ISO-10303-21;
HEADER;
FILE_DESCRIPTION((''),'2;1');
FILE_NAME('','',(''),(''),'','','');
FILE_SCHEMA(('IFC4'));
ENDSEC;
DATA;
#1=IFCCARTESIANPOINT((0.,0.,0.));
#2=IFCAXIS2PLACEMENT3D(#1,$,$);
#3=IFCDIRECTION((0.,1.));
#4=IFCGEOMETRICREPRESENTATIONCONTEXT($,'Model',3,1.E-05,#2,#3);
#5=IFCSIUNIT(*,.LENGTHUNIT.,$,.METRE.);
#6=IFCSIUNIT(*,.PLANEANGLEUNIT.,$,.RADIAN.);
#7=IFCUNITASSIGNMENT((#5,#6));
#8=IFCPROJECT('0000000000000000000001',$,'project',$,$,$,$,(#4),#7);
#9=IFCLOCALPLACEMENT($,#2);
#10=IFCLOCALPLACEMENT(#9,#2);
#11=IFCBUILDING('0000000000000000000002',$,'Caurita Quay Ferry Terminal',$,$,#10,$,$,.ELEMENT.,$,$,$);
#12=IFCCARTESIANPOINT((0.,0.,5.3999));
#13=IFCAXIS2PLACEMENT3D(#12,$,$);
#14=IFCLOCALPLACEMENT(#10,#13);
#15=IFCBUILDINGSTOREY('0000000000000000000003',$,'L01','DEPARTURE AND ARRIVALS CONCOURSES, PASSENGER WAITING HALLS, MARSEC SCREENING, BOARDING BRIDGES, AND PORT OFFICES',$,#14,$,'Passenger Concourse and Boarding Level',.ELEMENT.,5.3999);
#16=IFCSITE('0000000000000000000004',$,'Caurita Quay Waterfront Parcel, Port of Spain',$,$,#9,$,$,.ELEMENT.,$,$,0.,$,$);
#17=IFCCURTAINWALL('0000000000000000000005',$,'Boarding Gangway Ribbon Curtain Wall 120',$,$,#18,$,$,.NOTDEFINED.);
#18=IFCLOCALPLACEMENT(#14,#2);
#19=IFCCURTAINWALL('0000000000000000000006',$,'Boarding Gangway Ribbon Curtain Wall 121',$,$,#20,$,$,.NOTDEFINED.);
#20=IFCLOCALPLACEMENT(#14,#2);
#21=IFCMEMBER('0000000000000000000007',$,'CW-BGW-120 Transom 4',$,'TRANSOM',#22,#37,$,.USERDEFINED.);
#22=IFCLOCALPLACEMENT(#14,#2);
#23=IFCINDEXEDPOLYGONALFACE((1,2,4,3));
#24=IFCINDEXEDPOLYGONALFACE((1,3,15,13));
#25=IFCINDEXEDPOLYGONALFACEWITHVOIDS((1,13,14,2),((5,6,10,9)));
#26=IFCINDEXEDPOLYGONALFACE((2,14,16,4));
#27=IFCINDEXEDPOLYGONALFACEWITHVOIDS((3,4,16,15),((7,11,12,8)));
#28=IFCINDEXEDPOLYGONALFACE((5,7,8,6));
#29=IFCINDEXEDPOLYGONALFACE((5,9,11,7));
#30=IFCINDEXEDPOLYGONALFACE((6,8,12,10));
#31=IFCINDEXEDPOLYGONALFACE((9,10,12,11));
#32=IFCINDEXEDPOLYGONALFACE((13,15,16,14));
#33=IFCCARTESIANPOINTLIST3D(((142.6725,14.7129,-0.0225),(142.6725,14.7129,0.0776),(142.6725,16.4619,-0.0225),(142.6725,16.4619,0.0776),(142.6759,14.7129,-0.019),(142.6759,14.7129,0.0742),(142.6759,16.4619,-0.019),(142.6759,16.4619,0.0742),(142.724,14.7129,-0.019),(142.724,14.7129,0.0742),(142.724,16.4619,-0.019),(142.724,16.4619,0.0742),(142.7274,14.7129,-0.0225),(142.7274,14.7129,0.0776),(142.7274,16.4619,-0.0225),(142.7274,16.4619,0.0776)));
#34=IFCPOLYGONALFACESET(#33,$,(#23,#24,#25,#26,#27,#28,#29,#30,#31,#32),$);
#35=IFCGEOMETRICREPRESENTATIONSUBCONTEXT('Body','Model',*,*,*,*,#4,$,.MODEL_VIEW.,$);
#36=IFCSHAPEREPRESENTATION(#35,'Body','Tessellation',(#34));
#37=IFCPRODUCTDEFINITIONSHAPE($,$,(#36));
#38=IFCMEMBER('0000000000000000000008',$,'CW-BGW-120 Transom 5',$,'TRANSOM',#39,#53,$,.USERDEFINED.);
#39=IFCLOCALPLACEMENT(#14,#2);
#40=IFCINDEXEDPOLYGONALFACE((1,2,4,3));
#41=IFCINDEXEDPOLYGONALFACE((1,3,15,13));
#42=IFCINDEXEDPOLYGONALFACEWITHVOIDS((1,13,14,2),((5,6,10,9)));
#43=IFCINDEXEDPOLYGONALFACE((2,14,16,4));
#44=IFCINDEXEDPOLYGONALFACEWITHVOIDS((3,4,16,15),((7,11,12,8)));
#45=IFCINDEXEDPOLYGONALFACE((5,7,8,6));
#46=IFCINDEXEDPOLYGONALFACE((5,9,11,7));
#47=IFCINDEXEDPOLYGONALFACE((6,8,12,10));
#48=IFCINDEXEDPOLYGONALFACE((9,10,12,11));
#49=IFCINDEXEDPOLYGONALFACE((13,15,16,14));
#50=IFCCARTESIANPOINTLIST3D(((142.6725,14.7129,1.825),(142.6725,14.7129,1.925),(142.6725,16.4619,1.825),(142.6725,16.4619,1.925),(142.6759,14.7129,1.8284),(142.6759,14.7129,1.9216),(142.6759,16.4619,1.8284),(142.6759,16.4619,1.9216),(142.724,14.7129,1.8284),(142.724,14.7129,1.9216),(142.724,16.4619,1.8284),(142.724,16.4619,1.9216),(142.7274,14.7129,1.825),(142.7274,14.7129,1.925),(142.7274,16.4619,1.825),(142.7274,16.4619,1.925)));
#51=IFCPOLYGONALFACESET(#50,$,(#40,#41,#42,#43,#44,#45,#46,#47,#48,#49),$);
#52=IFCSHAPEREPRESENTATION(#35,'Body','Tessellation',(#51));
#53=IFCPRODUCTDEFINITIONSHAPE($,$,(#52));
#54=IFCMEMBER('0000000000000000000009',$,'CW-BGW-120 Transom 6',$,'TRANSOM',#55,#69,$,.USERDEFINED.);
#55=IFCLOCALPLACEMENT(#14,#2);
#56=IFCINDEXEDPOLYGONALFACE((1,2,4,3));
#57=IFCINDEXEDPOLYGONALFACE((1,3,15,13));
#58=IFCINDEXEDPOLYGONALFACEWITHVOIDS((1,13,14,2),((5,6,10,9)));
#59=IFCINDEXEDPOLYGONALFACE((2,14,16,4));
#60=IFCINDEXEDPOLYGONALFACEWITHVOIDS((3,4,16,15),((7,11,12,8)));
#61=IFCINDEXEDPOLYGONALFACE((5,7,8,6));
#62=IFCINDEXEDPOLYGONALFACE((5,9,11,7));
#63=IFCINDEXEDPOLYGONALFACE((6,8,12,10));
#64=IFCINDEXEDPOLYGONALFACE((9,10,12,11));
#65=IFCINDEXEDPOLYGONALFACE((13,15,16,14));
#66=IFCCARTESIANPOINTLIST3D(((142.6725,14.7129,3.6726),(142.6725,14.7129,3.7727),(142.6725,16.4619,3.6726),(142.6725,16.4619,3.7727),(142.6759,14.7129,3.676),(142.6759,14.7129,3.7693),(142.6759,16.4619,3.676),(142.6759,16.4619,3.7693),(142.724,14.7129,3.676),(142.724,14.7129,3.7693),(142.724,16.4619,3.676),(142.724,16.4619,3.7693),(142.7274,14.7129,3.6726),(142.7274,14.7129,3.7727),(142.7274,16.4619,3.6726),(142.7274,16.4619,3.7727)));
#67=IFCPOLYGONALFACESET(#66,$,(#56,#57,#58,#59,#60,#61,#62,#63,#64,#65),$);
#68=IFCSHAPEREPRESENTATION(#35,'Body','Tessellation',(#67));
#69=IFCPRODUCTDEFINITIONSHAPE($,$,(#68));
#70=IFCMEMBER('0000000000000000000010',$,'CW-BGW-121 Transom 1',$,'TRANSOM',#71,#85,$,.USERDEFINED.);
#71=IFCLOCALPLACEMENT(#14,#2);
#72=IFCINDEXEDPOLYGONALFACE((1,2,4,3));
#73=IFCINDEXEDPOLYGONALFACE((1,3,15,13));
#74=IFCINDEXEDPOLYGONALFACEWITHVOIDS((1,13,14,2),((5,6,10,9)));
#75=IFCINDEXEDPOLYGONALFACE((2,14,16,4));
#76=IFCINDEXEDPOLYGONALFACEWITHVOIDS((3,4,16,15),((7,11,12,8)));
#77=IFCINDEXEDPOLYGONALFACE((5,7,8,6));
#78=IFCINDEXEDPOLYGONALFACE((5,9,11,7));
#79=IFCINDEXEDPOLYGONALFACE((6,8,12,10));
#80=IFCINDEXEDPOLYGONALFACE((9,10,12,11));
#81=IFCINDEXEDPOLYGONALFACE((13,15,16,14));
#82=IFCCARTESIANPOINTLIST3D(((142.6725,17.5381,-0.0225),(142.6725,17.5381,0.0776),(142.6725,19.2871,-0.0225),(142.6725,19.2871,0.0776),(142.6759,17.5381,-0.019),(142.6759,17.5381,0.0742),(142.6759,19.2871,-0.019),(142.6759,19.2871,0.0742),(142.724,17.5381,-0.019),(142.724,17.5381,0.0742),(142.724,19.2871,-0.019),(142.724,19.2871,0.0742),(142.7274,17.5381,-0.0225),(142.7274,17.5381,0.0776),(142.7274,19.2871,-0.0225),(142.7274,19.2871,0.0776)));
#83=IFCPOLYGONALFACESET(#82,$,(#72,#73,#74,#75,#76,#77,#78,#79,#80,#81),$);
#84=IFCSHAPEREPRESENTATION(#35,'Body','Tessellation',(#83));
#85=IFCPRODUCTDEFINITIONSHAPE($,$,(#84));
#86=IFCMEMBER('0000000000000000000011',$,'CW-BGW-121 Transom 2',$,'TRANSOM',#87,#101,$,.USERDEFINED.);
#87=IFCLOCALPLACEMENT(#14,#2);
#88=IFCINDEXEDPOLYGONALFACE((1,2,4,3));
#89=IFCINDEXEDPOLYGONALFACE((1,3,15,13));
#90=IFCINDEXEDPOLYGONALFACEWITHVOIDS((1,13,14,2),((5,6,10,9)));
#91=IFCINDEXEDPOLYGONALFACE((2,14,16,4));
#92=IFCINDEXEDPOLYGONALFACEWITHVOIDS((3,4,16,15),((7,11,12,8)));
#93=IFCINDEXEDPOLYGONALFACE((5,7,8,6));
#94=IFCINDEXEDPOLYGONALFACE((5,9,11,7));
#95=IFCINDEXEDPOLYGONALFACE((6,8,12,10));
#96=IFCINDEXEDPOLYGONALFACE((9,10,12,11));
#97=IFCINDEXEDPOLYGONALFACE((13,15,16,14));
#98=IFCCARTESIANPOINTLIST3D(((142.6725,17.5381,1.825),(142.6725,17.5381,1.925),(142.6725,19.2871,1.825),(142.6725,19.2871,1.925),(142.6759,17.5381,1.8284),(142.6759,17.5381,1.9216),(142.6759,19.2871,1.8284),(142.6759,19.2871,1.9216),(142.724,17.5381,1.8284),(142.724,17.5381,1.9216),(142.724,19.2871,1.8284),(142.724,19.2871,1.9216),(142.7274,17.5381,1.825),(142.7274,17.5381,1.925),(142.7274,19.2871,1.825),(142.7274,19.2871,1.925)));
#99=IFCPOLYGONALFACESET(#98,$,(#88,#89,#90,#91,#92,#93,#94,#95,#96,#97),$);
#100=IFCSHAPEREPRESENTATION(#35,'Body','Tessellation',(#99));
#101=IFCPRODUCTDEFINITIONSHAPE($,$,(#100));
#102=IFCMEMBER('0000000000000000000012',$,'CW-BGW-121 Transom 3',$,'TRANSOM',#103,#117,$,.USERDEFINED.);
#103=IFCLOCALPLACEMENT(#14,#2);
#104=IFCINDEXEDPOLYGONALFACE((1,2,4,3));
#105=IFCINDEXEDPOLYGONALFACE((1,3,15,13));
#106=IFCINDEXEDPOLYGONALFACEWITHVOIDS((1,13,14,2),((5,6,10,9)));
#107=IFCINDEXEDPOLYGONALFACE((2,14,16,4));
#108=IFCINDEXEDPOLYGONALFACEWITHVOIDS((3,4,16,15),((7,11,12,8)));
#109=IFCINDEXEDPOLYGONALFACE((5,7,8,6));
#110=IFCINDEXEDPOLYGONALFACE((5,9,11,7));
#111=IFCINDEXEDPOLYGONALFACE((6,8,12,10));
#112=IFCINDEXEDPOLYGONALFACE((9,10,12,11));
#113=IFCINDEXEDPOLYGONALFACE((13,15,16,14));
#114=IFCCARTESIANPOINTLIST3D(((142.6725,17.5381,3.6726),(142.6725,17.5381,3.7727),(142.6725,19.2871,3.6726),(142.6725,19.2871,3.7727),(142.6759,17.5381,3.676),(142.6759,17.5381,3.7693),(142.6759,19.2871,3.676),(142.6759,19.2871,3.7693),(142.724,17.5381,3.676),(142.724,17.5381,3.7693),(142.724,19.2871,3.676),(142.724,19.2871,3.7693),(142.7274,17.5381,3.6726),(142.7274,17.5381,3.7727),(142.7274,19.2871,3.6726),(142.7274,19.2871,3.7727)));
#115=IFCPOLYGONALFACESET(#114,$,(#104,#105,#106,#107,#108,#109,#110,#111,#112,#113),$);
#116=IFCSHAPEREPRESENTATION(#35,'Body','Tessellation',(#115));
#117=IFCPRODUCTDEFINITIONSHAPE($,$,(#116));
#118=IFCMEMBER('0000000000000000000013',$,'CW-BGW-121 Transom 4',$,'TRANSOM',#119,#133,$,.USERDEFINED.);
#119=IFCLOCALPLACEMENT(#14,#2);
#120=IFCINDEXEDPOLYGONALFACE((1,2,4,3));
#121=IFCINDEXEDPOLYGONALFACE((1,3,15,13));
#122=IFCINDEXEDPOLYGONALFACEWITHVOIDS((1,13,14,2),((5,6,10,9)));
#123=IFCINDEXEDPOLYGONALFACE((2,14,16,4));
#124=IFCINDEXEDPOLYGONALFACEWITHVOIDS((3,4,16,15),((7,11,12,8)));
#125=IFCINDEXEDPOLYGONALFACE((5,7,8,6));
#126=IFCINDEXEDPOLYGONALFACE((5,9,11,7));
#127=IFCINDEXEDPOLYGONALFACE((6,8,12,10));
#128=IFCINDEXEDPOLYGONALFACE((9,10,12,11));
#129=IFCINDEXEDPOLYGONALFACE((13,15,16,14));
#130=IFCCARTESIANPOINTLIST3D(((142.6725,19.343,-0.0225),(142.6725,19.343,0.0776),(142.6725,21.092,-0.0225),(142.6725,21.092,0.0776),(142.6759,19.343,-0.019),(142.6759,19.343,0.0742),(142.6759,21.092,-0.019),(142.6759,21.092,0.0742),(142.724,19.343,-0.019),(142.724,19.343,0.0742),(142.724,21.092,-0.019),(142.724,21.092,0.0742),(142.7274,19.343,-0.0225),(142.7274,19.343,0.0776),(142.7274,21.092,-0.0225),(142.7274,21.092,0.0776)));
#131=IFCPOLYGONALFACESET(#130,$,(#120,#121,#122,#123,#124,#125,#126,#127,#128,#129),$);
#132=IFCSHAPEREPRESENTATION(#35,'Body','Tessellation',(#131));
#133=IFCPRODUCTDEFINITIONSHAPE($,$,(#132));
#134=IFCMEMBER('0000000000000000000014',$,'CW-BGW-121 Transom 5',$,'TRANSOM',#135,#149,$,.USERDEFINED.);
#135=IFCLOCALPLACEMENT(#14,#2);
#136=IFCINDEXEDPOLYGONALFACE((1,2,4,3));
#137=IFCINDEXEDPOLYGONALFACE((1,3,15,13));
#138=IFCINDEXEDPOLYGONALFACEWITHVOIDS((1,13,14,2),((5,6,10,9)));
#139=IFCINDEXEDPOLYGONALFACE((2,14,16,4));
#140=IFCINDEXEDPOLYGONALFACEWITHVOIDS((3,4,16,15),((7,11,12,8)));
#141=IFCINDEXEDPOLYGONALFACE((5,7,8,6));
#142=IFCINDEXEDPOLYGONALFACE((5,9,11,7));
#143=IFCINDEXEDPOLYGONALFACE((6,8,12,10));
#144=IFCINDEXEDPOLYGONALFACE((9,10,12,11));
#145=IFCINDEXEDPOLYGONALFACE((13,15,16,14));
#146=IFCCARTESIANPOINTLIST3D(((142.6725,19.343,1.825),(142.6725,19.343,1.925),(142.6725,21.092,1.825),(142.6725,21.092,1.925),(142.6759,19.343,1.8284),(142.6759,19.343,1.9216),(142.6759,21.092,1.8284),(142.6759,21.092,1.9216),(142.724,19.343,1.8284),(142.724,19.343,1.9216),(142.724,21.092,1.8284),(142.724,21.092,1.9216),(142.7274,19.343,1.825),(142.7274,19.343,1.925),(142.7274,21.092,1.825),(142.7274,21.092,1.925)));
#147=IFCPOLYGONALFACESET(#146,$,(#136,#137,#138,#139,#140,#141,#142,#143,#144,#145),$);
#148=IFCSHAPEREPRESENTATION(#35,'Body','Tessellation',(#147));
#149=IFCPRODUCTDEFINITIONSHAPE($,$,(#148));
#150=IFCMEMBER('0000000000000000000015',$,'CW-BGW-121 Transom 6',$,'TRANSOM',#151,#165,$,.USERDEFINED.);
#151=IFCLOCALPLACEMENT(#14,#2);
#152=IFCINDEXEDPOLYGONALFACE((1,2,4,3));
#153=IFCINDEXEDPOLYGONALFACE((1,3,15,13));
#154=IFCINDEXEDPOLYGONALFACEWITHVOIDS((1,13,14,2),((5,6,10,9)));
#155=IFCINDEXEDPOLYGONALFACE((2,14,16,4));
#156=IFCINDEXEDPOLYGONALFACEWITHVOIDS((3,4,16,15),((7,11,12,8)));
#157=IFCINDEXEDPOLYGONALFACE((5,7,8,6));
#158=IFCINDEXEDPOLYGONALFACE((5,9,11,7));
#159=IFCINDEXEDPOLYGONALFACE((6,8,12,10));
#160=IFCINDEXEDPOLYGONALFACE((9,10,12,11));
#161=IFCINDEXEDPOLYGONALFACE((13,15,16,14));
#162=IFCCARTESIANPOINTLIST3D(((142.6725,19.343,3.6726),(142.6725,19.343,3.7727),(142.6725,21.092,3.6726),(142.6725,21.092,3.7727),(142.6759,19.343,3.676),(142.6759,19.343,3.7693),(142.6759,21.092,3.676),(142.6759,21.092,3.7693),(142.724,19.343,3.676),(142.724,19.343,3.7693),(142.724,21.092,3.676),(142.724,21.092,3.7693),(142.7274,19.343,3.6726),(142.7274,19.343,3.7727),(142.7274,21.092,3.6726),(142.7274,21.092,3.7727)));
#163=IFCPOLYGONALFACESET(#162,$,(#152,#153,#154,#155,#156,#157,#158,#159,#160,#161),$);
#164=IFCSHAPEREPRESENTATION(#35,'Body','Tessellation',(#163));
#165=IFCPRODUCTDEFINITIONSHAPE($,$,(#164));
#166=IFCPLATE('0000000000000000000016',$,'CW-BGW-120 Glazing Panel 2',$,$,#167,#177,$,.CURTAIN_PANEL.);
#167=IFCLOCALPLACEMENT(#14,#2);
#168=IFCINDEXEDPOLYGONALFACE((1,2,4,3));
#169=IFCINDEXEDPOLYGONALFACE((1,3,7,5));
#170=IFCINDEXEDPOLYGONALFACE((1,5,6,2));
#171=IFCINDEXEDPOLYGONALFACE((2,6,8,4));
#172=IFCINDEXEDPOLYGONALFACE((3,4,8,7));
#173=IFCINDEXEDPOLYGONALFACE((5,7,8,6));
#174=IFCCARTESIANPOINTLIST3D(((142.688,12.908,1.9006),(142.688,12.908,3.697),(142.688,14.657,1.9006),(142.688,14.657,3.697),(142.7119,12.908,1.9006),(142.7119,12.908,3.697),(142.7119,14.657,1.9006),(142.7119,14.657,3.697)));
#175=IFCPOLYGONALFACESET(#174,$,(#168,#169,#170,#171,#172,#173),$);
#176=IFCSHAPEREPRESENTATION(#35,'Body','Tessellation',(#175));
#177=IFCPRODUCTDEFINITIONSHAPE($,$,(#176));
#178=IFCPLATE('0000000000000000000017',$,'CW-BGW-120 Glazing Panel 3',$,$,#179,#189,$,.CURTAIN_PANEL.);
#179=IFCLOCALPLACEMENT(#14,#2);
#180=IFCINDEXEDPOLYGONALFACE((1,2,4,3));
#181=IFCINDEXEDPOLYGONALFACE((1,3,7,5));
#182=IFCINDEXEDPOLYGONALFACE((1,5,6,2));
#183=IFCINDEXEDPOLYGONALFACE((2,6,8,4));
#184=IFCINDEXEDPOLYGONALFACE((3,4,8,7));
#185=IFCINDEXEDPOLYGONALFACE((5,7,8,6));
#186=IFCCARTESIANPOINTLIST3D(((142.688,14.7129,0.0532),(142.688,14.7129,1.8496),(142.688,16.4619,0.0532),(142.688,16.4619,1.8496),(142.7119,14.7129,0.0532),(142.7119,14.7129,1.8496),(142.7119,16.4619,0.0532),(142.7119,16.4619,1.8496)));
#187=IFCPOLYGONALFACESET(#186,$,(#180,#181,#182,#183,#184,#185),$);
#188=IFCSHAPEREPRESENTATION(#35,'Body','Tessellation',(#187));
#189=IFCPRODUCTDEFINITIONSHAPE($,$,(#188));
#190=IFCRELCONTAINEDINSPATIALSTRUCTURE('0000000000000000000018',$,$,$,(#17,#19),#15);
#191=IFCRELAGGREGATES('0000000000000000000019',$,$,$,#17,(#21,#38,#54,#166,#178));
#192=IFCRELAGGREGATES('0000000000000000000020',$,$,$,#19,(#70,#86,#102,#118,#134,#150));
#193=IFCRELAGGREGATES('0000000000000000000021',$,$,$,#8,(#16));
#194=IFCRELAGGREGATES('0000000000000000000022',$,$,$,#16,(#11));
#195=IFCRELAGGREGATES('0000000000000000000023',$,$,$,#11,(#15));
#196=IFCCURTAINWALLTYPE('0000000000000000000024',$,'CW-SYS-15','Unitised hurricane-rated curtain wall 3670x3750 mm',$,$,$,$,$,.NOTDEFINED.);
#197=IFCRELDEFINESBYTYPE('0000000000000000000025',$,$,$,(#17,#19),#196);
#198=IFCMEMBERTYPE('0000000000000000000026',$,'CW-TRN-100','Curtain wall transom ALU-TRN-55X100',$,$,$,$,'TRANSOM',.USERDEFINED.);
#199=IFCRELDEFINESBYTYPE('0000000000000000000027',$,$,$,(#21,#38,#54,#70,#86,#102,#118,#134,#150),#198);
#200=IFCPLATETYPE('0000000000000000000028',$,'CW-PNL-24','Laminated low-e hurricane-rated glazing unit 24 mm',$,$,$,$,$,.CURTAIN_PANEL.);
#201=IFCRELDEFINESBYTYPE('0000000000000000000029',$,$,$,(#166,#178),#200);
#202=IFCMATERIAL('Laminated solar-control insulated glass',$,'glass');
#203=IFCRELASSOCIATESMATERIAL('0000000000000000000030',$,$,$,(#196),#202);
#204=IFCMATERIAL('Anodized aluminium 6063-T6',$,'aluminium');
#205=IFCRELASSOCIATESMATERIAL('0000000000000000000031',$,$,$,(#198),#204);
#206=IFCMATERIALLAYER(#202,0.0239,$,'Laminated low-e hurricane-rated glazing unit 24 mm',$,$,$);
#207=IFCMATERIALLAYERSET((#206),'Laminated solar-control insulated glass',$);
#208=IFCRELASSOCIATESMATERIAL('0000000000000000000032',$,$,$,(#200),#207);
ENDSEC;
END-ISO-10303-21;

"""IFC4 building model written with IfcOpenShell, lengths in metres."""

from ifc_helpers import new_model, si_unit, direction, frame, origin, origin_2d, place, context, subcontext, project, spatial, rectangle, hollow_rectangle, extrude, material, layer, layer_set, material_profile, profile_set, type_object, element, aggregate, save


model = new_model("IFC4")

# Units and contexts
model_context = context("Model", 3, precision=1e-05, world=origin(), true_north=direction((0.0, 1.0)))
body_context = subcontext(model_context, "Body", "Model", "MODEL_VIEW")
ifc_project = project(units=[si_unit("LENGTHUNIT", "METRE"), si_unit("PLANEANGLEUNIT", "RADIAN")], contexts=[model_context])

# Site, building, storey
site_placement = place(None, origin())
site = spatial("IfcSite", under=ifc_project, at=site_placement, Name="Caurita Quay Waterfront Parcel, Port of Spain", CompositionType="ELEMENT", RefElevation=0.0)
building_placement = place(site_placement, origin())
building = spatial("IfcBuilding", under=site, at=building_placement, Name="Caurita Quay Ferry Terminal", CompositionType="ELEMENT")
storey_placement = place(building_placement, frame((0.0, 0.0, 5.3999)))
storey = spatial("IfcBuildingStorey", under=building, at=storey_placement, Name="L01", Description="DEPARTURE AND ARRIVALS CONCOURSES, PASSENGER WAITING HALLS, MARSEC SCREENING, BOARDING BRIDGES, AND PORT OFFICES", LongName="Passenger Concourse and Boarding Level", CompositionType="ELEMENT", Elevation=5.3999)

# Curtain walls
ifc_material_1 = material(Name="Laminated solar-control insulated glass", Category="glass")
curtain_wall_type = type_object("IfcCurtainWallType", Name="CW-SYS-15", Description="Unitised hurricane-rated curtain wall 3670x3750 mm", PredefinedType="NOTDEFINED", material=ifc_material_1)
curtain_wall_1_placement = place(storey_placement, origin())
curtain_wall_1 = element("IfcCurtainWall", 1, at=curtain_wall_1_placement, inside=storey, type_object=curtain_wall_type, Name="Boarding Gangway Ribbon Curtain Wall 120", PredefinedType="NOTDEFINED")
ifc_material_2 = material(Name="Anodized aluminium 6063-T6", Category="aluminium")
curtain_wall_2_placement = place(storey_placement, origin())
curtain_wall_2 = element("IfcCurtainWall", 2, at=curtain_wall_2_placement, inside=storey, type_object=curtain_wall_type, Name="Boarding Gangway Ribbon Curtain Wall 121", PredefinedType="NOTDEFINED")

# Shared definitions
ifc_material_profile_1 = material_profile(ifc_material_2, hollow_rectangle(XDim=0.0549, YDim=0.1001, WallThickness=0.0034, at=origin_2d()), Name="ALU-TRN-55X100")
ifc_profile_set_1 = profile_set([ifc_material_profile_1], Name="Anodized aluminium 6063-T6")
member_type_1 = type_object("IfcMemberType", Name="CW-TRN-100", Description="Curtain wall transom ALU-TRN-55X100", ElementType="TRANSOM", PredefinedType="USERDEFINED", material=ifc_profile_set_1)

# Members
member_1_placement = place(storey_placement, frame((142.7, 14.7129, 0.0276), z_axis=(0.0, 1.0, 0.0), x_axis=(-1.0, 0.0, 0.0)))
member_1 = element("IfcMember", 3, at=member_1_placement, type_object=member_type_1, Name="CW-BGW-120 Transom 4", ObjectType="TRANSOM", PredefinedType="USERDEFINED", context=body_context, shape_type="SweptSolid", body=[
    extrude(hollow_rectangle(XDim=0.0549, YDim=0.1001, WallThickness=0.0034, at=origin_2d()), origin(), (0.0, 0.0, 1.0), 1.749),
])
member_2_placement = place(storey_placement, frame((142.7, 14.7129, 1.875), z_axis=(0.0, 1.0, 0.0), x_axis=(-1.0, 0.0, 0.0)))
member_2 = element("IfcMember", 4, at=member_2_placement, type_object=member_type_1, Name="CW-BGW-120 Transom 5", ObjectType="TRANSOM", PredefinedType="USERDEFINED", context=body_context, shape_type="SweptSolid", body=[
    extrude(hollow_rectangle(XDim=0.0549, YDim=0.1001, WallThickness=0.0034, at=origin_2d()), origin(), (0.0, 0.0, 1.0), 1.749),
])
member_3_placement = place(storey_placement, frame((142.7, 14.7129, 3.7227), z_axis=(0.0, 1.0, 0.0), x_axis=(-1.0, 0.0, 0.0)))
member_3 = element("IfcMember", 5, at=member_3_placement, type_object=member_type_1, Name="CW-BGW-120 Transom 6", ObjectType="TRANSOM", PredefinedType="USERDEFINED", context=body_context, shape_type="SweptSolid", body=[
    extrude(hollow_rectangle(XDim=0.0549, YDim=0.1001, WallThickness=0.0034, at=origin_2d()), origin(), (0.0, 0.0, 1.0), 1.749),
])
member_4_placement = place(storey_placement, frame((142.7, 17.5381, 0.0276), z_axis=(0.0, 1.0, 0.0), x_axis=(-1.0, 0.0, 0.0)))
member_4 = element("IfcMember", 6, at=member_4_placement, type_object=member_type_1, Name="CW-BGW-121 Transom 1", ObjectType="TRANSOM", PredefinedType="USERDEFINED", context=body_context, shape_type="SweptSolid", body=[
    extrude(hollow_rectangle(XDim=0.0549, YDim=0.1001, WallThickness=0.0034, at=origin_2d()), origin(), (0.0, 0.0, 1.0), 1.749),
])
member_5_placement = place(storey_placement, frame((142.7, 17.5381, 1.875), z_axis=(0.0, 1.0, 0.0), x_axis=(-1.0, 0.0, 0.0)))
member_5 = element("IfcMember", 7, at=member_5_placement, type_object=member_type_1, Name="CW-BGW-121 Transom 2", ObjectType="TRANSOM", PredefinedType="USERDEFINED", context=body_context, shape_type="SweptSolid", body=[
    extrude(hollow_rectangle(XDim=0.0549, YDim=0.1001, WallThickness=0.0034, at=origin_2d()), origin(), (0.0, 0.0, 1.0), 1.749),
])
member_6_placement = place(storey_placement, frame((142.7, 17.5381, 3.7227), z_axis=(0.0, 1.0, 0.0), x_axis=(-1.0, 0.0, 0.0)))
member_6 = element("IfcMember", 8, at=member_6_placement, type_object=member_type_1, Name="CW-BGW-121 Transom 3", ObjectType="TRANSOM", PredefinedType="USERDEFINED", context=body_context, shape_type="SweptSolid", body=[
    extrude(hollow_rectangle(XDim=0.0549, YDim=0.1001, WallThickness=0.0034, at=origin_2d()), origin(), (0.0, 0.0, 1.0), 1.749),
])
member_7_placement = place(storey_placement, frame((142.7, 19.343, 0.0276), z_axis=(0.0, 1.0, 0.0), x_axis=(-1.0, 0.0, 0.0)))
member_7 = element("IfcMember", 9, at=member_7_placement, type_object=member_type_1, Name="CW-BGW-121 Transom 4", ObjectType="TRANSOM", PredefinedType="USERDEFINED", context=body_context, shape_type="SweptSolid", body=[
    extrude(hollow_rectangle(XDim=0.0549, YDim=0.1001, WallThickness=0.0034, at=origin_2d()), origin(), (0.0, 0.0, 1.0), 1.749),
])
member_8_placement = place(storey_placement, frame((142.7, 19.343, 1.875), z_axis=(0.0, 1.0, 0.0), x_axis=(-1.0, 0.0, 0.0)))
member_8 = element("IfcMember", 10, at=member_8_placement, type_object=member_type_1, Name="CW-BGW-121 Transom 5", ObjectType="TRANSOM", PredefinedType="USERDEFINED", context=body_context, shape_type="SweptSolid", body=[
    extrude(hollow_rectangle(XDim=0.0549, YDim=0.1001, WallThickness=0.0034, at=origin_2d()), origin(), (0.0, 0.0, 1.0), 1.749),
])
member_9_placement = place(storey_placement, frame((142.7, 19.343, 3.7227), z_axis=(0.0, 1.0, 0.0), x_axis=(-1.0, 0.0, 0.0)))
member_9 = element("IfcMember", 11, at=member_9_placement, type_object=member_type_1, Name="CW-BGW-121 Transom 6", ObjectType="TRANSOM", PredefinedType="USERDEFINED", context=body_context, shape_type="SweptSolid", body=[
    extrude(hollow_rectangle(XDim=0.0549, YDim=0.1001, WallThickness=0.0034, at=origin_2d()), origin(), (0.0, 0.0, 1.0), 1.749),
])

# Plates
ifc_layer = layer(ifc_material_1, 0.0239, Name="Laminated low-e hurricane-rated glazing unit 24 mm")
ifc_layer_set = layer_set([ifc_layer], Name="Laminated solar-control insulated glass")
plate_type = type_object("IfcPlateType", Name="CW-PNL-24", Description="Laminated low-e hurricane-rated glazing unit 24 mm", PredefinedType="CURTAIN_PANEL", material=ifc_layer_set)
plate_1_placement = place(storey_placement, frame((142.7, 13.7825, 1.9006), z_axis=(0.0, 0.0, 1.0), x_axis=(0.0, 1.0, 0.0)))
plate_1 = element("IfcPlate", 12, at=plate_1_placement, type_object=plate_type, Name="CW-BGW-120 Glazing Panel 2", PredefinedType="CURTAIN_PANEL", context=body_context, shape_type="SweptSolid", body=[
    extrude(rectangle(XDim=1.749, YDim=0.0239, at=origin_2d()), origin(), (0.0, 0.0, 1.0), 1.7964),
])
plate_2_placement = place(storey_placement, frame((142.7, 15.5874, 0.0532), z_axis=(0.0, 0.0, 1.0), x_axis=(0.0, 1.0, 0.0)))
plate_2 = element("IfcPlate", 13, at=plate_2_placement, type_object=plate_type, Name="CW-BGW-120 Glazing Panel 3", PredefinedType="CURTAIN_PANEL", context=body_context, shape_type="SweptSolid", body=[
    extrude(rectangle(XDim=1.749, YDim=0.0239, at=origin_2d()), origin(), (0.0, 0.0, 1.0), 1.7964),
])
aggregate(curtain_wall_1, [member_1, member_2, member_3, plate_1, plate_2])
aggregate(curtain_wall_2, [member_4, member_5, member_6, member_7, member_8, member_9])

save(model, "model.ifc")
